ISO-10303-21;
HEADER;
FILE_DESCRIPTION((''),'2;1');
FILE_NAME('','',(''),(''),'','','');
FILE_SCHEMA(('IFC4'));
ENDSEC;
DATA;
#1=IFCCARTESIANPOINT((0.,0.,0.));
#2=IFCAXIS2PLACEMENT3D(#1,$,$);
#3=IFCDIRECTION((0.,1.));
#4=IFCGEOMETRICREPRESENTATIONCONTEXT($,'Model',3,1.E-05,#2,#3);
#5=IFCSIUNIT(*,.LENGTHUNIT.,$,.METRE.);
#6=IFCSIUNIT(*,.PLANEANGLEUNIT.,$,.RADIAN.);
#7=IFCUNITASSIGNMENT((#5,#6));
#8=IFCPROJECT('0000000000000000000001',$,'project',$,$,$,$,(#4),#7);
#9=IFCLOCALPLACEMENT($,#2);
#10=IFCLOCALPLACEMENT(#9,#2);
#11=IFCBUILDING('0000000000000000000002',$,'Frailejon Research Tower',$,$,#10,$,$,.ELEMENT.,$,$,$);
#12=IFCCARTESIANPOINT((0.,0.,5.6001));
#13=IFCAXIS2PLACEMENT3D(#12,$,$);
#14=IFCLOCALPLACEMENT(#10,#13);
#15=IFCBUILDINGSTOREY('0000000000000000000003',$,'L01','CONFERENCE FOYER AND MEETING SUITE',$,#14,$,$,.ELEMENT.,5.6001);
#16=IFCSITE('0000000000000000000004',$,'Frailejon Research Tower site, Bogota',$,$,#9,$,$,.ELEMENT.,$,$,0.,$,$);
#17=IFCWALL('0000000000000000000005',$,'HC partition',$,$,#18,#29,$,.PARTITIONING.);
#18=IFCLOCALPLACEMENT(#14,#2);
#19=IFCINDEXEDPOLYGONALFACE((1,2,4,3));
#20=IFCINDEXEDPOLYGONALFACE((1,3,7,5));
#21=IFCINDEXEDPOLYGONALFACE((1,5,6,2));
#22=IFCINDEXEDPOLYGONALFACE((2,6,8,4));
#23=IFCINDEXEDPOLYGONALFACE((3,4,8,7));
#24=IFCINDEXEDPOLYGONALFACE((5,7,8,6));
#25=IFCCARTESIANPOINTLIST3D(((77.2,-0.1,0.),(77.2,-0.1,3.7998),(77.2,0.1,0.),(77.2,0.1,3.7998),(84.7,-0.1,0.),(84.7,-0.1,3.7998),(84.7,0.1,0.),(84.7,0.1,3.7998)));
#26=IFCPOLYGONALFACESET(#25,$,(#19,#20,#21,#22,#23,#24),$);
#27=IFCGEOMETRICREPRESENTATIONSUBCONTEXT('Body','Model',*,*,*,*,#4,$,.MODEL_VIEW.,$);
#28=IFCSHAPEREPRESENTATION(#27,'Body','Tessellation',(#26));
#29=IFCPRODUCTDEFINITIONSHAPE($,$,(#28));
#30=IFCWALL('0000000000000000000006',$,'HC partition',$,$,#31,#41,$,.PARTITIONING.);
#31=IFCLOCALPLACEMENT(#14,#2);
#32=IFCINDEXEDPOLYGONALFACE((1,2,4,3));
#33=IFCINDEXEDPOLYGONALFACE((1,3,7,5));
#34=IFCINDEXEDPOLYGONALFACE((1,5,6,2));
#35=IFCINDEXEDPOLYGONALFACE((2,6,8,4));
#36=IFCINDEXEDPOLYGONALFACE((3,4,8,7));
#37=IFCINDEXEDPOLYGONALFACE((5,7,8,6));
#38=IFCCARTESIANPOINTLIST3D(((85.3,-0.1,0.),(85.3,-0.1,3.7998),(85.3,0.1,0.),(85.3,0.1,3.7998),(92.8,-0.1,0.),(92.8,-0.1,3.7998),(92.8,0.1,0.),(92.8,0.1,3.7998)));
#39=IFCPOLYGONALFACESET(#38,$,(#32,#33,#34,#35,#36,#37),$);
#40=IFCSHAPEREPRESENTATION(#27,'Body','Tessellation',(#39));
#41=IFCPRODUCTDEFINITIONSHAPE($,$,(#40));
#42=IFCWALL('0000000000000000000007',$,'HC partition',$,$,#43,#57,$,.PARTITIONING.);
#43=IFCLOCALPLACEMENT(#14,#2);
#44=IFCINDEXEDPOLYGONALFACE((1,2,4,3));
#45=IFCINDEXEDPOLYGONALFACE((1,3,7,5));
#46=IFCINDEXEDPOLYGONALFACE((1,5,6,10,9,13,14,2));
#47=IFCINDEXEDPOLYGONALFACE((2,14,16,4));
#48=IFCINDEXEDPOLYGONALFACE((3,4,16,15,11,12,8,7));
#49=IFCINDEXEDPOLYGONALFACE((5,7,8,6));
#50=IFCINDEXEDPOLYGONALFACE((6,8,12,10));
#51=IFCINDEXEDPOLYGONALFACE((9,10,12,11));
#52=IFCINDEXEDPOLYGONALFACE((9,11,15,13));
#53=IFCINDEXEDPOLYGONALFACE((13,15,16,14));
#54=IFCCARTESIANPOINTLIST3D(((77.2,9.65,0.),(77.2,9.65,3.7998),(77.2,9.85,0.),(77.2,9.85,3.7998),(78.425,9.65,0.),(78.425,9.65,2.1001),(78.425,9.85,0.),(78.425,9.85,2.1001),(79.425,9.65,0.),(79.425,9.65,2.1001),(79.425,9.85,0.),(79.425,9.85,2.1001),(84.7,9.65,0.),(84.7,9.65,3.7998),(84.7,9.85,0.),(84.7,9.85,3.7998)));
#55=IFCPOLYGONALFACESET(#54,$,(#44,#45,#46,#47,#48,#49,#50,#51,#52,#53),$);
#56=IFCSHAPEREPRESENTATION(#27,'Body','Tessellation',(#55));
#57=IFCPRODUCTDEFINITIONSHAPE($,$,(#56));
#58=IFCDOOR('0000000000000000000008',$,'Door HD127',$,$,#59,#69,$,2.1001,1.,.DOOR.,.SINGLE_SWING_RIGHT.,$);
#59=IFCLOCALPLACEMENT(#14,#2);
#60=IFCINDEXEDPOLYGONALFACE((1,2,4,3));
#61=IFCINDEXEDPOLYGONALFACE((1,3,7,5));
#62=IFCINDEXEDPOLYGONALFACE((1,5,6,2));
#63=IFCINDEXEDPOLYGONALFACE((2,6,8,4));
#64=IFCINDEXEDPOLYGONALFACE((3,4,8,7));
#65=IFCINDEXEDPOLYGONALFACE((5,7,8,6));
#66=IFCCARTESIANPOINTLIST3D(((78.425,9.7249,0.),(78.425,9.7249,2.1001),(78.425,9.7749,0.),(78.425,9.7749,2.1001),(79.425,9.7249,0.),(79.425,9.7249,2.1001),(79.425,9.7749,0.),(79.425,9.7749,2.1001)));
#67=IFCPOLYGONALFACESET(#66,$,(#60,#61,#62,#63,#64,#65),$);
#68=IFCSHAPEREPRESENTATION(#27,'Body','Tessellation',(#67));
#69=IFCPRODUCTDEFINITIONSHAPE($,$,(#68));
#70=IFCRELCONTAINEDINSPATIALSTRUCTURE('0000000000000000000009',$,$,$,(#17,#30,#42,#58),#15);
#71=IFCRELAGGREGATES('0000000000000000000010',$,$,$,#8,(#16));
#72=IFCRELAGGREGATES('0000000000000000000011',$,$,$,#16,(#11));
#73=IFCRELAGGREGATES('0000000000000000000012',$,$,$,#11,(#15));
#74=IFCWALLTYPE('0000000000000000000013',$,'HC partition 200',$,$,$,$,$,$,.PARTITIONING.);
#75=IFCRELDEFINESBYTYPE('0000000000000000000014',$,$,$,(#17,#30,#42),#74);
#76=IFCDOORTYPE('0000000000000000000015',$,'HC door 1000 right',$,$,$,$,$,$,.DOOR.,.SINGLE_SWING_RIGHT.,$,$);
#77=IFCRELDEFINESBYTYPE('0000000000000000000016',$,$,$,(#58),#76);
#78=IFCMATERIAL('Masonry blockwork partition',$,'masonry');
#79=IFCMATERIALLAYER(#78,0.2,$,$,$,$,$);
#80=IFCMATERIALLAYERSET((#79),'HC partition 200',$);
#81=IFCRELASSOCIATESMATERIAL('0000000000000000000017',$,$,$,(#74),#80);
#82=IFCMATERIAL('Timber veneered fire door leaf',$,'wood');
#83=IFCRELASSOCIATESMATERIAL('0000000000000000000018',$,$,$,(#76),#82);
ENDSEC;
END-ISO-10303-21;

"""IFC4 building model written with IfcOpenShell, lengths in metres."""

from ifc_helpers import new_model, si_unit, direction, frame, frame_2d, origin, place, context, subcontext, project, spatial, rectangle, extrude, material, layer, layer_set, type_object, element, fill, save


model = new_model("IFC4")

# Units and contexts
model_context = context("Model", 3, precision=1e-05, world=origin(), true_north=direction((0.0, 1.0)))
body_context = subcontext(model_context, "Body", "Model", "MODEL_VIEW")
ifc_project = project(units=[si_unit("LENGTHUNIT", "METRE"), si_unit("PLANEANGLEUNIT", "RADIAN")], contexts=[model_context])

# Site, building, storey
site_placement = place(None, origin())
site = spatial("IfcSite", under=ifc_project, at=site_placement, Name="Frailejon Research Tower site, Bogota", CompositionType="ELEMENT", RefElevation=0.0)
building_placement = place(site_placement, origin())
building = spatial("IfcBuilding", under=site, at=building_placement, Name="Frailejon Research Tower", CompositionType="ELEMENT")
storey_placement = place(building_placement, frame((0.0, 0.0, 5.6001)))
storey = spatial("IfcBuildingStorey", under=building, at=storey_placement, Name="L01", Description="CONFERENCE FOYER AND MEETING SUITE", CompositionType="ELEMENT", Elevation=5.6001)

# Walls
ifc_material_1 = material(Name="Masonry blockwork partition", Category="masonry")
ifc_layer = layer(ifc_material_1, 0.2)
ifc_layer_set = layer_set([ifc_layer], Name="HC partition 200")
wall_type = type_object("IfcWallType", Name="HC partition 200", PredefinedType="PARTITIONING", material=ifc_layer_set)
for number, where, z_axis, x_axis, name in (
    (1, (77.2, 0.0, 0.0), (0.0, 0.0, 1.0), (1.0, 0.0, 0.0), "HC partition"),
    (2, (85.3, 0.0, 0.0), (0.0, 0.0, 1.0), (1.0, 0.0, 0.0), "HC partition"),
):
    element("IfcWall", number, at=place(storey_placement, frame(where, z_axis=z_axis, x_axis=x_axis)), inside=storey, type_object=wall_type, Name=name, PredefinedType="PARTITIONING", context=body_context, shape_type="SweptSolid", body=[
        extrude(rectangle(XDim=7.5, YDim=0.2, at=frame_2d((3.75, 0.0))), origin(), (0.0, 0.0, 1.0), 3.7998),
    ])

# Wall, opening, door
wall_placement = place(storey_placement, frame((77.2, 9.75, 0.0), z_axis=(0.0, 0.0, 1.0), x_axis=(1.0, 0.0, 0.0)))
wall = element("IfcWall", 3, at=wall_placement, inside=storey, type_object=wall_type, Name="HC partition", PredefinedType="PARTITIONING", context=body_context, shape_type="SweptSolid", body=[
    extrude(rectangle(XDim=7.5, YDim=0.2, at=frame_2d((3.75, 0.0))), origin(), (0.0, 0.0, 1.0), 3.7998),
])
opening_placement = place(wall_placement, frame((1.2251, 0.0, 0.0)))
opening = element("IfcOpeningElement", 4, at=opening_placement, cuts=wall, PredefinedType="OPENING", context=body_context, shape_type="SweptSolid", body=[
    extrude(rectangle(XDim=1.0, YDim=2.1001, at=frame_2d((0.5, 1.05))), frame((0.0, 0.1099, 0.0), z_axis=(0.0, -1.0, 0.0), x_axis=(1.0, 0.0, 0.0)), (0.0, 0.0, 1.0), 0.22),
])
ifc_material_2 = material(Name="Timber veneered fire door leaf", Category="wood")
door_type = type_object("IfcDoorType", Name="HC door 1000 right", OperationType="SINGLE_SWING_RIGHT", PredefinedType="DOOR", material=ifc_material_2)
door_placement = place(opening_placement, origin())
door = element("IfcDoor", 5, at=door_placement, inside=storey, type_object=door_type, Name="Door HD127", OperationType="SINGLE_SWING_RIGHT", OverallHeight=2.1001, OverallWidth=1.0, PredefinedType="DOOR", context=body_context, shape_type="SweptSolid", body=[
    extrude(rectangle(XDim=1.0, YDim=2.1001, at=frame_2d((0.5, 1.05))), frame((0.0, 0.0249, 0.0), z_axis=(0.0, -1.0, 0.0), x_axis=(1.0, 0.0, 0.0)), (0.0, 0.0, 1.0), 0.05),
])
fill(opening, door)

save(model, "model.ifc")
